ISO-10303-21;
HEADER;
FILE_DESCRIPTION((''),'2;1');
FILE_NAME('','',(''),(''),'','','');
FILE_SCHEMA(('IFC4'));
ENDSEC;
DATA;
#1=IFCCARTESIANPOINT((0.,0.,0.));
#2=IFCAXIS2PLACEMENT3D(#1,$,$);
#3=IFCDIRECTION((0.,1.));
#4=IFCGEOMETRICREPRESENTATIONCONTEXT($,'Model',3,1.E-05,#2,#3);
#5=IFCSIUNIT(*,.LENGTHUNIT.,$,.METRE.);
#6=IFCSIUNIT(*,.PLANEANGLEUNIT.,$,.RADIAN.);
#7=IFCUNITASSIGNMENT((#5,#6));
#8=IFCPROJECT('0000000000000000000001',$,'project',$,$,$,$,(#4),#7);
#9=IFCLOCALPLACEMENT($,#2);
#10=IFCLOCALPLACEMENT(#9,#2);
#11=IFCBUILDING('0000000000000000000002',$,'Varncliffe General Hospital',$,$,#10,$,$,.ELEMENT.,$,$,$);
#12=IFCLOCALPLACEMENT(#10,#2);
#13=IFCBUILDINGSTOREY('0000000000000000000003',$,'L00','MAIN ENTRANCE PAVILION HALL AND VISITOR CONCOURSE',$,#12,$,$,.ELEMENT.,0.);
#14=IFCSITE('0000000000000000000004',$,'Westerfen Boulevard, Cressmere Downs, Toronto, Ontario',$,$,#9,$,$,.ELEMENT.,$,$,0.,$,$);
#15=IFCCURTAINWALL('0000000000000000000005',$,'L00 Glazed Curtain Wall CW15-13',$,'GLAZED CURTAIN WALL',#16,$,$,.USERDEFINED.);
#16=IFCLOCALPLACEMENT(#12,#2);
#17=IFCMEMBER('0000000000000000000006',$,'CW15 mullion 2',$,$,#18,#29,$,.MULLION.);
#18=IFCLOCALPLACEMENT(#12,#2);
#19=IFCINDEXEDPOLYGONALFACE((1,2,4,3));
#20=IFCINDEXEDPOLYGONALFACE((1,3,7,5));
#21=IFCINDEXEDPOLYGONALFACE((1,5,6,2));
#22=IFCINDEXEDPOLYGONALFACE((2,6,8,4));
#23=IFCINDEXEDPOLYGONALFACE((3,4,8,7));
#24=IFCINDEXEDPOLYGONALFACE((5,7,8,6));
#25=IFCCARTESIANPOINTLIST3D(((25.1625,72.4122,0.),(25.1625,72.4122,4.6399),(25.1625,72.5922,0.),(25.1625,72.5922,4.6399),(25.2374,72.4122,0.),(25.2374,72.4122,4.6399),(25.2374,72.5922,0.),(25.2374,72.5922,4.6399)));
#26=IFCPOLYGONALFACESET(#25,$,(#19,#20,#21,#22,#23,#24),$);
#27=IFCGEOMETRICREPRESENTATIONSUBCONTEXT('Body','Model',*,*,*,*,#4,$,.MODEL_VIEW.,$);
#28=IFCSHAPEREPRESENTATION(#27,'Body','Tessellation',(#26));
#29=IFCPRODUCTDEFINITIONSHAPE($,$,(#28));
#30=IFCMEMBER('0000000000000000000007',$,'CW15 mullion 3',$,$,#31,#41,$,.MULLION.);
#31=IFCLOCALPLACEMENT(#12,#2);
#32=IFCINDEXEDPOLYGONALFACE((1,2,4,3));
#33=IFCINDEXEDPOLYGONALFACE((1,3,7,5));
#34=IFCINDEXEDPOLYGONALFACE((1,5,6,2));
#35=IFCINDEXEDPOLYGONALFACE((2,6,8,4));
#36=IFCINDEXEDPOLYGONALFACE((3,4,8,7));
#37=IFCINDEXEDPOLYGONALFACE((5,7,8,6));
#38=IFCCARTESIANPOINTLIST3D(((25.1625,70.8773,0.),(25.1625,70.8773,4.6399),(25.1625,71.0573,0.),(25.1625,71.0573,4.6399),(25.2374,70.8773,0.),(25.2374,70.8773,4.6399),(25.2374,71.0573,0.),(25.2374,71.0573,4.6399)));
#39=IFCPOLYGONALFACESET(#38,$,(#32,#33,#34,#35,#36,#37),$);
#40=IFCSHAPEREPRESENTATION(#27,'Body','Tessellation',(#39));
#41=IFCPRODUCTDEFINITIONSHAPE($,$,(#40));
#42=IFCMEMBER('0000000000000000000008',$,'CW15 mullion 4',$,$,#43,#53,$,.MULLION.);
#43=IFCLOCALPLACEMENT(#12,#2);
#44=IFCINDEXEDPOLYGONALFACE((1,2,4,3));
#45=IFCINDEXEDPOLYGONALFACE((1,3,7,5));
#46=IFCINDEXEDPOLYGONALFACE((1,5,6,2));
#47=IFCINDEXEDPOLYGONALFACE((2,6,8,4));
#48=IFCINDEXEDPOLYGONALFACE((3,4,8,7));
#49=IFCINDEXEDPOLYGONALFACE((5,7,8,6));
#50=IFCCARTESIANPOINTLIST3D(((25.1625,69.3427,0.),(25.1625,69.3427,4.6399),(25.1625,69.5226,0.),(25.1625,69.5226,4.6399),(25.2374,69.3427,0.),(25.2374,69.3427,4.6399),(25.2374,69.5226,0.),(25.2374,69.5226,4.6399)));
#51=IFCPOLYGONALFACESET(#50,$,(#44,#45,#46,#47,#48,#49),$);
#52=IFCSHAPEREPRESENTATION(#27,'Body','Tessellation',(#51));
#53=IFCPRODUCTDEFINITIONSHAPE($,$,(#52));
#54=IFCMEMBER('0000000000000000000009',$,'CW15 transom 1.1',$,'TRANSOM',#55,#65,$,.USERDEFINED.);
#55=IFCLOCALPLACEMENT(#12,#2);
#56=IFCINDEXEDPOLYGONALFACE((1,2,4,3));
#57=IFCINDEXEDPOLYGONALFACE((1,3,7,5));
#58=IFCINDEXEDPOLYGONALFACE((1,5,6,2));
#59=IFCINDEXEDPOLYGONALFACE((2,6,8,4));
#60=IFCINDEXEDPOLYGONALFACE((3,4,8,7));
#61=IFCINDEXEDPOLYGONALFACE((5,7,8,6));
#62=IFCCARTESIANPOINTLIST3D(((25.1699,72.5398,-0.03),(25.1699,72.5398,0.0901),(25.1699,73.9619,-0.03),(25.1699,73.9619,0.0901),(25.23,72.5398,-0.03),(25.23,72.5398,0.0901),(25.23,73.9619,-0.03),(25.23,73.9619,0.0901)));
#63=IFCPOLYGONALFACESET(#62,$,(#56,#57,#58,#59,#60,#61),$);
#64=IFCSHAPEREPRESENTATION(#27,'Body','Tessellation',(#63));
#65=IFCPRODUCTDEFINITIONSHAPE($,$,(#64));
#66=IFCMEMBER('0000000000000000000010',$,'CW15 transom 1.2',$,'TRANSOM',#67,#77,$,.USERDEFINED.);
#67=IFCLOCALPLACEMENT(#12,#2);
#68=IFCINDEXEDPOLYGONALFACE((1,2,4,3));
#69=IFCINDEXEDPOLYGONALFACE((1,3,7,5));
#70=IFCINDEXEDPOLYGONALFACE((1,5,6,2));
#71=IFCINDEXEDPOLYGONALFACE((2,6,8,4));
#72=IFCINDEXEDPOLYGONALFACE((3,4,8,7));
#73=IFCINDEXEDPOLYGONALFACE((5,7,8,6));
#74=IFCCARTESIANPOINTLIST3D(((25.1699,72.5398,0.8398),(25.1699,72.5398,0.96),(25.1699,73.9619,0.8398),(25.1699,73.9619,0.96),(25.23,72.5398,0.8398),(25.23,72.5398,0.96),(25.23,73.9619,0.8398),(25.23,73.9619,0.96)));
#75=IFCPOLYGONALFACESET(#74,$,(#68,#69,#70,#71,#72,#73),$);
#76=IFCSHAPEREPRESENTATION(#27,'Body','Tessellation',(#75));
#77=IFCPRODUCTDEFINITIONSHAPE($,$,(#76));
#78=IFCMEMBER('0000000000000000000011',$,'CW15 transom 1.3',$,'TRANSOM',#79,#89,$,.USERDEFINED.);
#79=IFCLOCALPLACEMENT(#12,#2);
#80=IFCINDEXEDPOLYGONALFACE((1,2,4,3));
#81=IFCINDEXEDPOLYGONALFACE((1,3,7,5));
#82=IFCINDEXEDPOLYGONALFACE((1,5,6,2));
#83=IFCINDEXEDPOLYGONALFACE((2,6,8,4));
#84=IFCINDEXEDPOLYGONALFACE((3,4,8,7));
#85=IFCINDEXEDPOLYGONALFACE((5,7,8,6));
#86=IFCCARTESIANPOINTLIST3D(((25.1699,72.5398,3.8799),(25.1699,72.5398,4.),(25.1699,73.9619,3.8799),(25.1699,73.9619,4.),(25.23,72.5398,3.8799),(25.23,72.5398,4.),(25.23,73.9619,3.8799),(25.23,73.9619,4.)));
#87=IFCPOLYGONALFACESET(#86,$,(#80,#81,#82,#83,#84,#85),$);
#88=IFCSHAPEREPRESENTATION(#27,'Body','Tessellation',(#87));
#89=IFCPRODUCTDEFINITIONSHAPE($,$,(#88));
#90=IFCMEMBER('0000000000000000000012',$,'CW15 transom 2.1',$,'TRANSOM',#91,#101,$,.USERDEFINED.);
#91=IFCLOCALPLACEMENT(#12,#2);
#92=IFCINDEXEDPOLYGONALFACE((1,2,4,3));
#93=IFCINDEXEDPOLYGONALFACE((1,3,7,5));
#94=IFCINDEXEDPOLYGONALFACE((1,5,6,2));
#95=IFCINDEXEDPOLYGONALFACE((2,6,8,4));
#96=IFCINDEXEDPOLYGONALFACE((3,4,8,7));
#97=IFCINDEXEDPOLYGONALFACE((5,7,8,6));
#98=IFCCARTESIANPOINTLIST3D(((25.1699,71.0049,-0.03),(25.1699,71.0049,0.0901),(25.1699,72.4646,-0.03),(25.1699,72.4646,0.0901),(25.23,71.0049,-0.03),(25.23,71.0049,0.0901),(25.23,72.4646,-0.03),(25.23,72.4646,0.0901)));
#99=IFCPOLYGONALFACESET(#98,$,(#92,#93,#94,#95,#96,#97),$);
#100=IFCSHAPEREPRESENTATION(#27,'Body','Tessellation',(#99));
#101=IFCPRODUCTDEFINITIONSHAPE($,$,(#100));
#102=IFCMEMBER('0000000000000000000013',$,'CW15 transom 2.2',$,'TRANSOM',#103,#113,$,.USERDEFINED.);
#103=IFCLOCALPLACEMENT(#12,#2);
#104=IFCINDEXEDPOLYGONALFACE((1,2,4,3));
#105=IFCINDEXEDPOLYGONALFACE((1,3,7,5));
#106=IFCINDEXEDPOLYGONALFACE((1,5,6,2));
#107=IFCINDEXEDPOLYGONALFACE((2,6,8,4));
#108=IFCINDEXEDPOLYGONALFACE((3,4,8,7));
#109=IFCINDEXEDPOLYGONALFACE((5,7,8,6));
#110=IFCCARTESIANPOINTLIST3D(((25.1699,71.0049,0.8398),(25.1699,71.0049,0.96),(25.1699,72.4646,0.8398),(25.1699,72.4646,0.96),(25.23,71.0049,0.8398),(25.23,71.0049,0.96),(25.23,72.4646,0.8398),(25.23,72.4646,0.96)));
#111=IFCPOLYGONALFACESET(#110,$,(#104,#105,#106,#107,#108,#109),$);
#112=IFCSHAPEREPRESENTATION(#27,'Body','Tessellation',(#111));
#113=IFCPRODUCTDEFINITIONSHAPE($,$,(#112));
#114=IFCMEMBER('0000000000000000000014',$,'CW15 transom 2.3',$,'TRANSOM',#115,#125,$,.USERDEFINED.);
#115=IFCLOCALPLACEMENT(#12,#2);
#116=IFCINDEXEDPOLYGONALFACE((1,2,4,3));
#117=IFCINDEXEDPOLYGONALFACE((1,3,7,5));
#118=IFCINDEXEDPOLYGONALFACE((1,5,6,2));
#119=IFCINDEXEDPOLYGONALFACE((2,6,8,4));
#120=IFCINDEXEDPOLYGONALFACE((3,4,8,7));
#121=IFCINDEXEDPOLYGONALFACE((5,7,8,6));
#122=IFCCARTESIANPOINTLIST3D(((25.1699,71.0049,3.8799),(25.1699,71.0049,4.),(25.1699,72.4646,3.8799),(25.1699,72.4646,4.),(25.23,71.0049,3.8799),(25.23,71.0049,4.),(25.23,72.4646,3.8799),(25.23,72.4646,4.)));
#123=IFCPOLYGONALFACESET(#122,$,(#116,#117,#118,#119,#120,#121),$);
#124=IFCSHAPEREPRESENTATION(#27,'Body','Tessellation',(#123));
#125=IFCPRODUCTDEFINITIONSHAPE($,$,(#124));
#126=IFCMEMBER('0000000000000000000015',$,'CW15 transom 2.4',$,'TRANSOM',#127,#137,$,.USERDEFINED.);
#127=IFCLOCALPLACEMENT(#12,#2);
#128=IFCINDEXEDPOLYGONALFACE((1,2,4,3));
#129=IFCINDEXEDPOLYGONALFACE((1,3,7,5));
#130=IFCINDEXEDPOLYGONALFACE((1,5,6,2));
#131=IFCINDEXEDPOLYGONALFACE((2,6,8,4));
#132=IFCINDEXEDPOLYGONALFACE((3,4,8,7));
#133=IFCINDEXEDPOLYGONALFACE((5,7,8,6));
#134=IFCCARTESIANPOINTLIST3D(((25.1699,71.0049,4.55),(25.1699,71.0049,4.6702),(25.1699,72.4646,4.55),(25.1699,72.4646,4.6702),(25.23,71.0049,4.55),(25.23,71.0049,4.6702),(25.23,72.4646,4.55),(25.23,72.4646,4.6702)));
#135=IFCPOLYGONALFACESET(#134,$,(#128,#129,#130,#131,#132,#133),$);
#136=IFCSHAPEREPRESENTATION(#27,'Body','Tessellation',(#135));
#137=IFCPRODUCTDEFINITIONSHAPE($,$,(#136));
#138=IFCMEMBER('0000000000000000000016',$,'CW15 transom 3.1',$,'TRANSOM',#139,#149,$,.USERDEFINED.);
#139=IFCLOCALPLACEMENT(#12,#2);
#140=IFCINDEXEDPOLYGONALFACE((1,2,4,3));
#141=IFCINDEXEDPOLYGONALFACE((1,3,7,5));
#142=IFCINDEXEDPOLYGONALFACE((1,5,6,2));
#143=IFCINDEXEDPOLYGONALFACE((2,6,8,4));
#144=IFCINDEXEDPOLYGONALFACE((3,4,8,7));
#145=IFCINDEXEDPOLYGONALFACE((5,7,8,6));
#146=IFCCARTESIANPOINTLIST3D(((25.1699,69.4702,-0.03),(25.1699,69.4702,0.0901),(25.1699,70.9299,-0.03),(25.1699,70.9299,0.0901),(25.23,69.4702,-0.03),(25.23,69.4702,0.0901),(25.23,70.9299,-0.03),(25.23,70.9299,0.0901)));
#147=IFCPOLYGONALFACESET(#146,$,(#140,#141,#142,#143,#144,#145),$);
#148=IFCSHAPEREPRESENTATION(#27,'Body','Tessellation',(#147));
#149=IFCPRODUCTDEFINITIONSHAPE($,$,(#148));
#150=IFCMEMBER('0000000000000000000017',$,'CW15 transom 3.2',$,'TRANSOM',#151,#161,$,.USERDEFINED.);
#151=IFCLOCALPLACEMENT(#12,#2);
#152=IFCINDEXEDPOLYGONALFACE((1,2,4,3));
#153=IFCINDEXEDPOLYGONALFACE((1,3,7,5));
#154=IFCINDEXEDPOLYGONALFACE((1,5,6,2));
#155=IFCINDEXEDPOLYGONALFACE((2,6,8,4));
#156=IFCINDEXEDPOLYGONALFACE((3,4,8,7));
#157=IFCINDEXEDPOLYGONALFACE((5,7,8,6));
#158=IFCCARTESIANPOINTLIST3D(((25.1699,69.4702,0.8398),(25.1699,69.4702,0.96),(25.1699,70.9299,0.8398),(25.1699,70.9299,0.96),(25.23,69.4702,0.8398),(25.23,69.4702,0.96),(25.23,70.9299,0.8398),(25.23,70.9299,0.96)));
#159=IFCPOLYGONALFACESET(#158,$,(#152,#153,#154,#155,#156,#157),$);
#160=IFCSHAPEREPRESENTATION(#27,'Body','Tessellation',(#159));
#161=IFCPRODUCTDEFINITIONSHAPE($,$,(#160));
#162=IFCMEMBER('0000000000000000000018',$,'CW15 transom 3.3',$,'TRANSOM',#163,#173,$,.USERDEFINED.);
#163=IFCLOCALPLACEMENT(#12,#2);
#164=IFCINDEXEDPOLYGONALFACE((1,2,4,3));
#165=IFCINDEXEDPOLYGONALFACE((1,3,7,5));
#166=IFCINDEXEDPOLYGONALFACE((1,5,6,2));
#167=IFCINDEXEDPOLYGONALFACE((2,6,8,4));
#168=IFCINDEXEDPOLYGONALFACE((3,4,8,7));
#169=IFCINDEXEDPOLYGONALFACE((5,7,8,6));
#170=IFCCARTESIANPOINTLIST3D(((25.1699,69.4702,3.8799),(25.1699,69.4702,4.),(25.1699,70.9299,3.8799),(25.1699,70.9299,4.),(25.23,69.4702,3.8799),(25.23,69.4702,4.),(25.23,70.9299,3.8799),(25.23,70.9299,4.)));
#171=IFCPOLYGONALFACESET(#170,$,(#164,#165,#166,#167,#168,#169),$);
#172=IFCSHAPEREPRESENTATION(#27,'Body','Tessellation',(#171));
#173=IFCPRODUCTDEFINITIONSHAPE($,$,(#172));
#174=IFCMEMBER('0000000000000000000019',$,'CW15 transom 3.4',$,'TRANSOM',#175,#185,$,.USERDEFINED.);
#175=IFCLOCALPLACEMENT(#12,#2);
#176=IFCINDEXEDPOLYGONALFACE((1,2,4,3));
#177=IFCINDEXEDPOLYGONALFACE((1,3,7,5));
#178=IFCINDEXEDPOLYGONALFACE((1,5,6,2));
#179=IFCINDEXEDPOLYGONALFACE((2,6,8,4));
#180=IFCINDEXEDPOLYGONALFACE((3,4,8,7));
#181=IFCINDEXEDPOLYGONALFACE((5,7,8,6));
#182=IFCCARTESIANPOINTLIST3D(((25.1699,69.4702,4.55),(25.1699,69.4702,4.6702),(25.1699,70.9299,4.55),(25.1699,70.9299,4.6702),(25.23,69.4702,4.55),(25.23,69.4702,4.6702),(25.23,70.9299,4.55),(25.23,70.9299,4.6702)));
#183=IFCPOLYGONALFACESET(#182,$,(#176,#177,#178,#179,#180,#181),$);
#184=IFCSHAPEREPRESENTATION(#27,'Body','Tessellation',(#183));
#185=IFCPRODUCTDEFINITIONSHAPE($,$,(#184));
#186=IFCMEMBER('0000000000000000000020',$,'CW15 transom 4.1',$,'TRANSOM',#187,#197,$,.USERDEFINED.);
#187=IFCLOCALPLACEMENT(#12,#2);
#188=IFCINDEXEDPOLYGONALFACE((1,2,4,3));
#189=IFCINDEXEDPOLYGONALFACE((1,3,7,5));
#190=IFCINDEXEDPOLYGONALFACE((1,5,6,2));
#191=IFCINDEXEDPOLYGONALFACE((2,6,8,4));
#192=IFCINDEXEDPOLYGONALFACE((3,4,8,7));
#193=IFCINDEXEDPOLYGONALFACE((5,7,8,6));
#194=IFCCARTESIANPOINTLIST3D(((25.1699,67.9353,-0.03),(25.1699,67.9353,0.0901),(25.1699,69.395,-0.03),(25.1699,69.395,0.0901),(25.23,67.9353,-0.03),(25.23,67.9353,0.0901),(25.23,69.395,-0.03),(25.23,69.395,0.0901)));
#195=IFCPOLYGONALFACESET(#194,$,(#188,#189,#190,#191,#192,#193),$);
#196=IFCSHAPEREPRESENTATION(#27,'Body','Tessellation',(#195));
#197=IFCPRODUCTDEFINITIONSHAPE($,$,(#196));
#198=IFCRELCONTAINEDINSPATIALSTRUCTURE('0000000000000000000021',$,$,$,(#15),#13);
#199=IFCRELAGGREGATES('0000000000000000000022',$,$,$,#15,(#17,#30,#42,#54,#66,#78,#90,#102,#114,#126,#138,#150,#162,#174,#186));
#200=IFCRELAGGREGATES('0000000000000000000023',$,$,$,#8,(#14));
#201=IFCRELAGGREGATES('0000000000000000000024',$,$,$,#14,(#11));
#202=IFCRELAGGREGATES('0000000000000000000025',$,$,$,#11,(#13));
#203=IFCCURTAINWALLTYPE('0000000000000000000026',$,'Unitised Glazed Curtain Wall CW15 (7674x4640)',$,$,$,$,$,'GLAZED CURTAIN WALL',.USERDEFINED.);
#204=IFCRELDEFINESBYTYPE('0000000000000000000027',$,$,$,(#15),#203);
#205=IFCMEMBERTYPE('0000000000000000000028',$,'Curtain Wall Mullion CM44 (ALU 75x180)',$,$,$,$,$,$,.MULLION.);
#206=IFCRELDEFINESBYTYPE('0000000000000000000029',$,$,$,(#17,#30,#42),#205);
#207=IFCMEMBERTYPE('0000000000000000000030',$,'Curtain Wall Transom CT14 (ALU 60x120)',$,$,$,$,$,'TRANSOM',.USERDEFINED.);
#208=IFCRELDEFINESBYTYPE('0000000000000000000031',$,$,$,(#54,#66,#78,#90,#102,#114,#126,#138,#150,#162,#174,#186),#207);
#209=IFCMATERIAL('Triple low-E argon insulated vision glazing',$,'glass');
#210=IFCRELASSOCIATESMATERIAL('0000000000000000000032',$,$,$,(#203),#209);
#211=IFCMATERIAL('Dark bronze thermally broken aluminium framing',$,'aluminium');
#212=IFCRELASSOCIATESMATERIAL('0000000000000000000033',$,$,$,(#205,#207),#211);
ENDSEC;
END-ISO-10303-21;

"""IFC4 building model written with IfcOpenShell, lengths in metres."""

from ifc_helpers import new_model, si_unit, direction, frame, origin, origin_2d, place, context, subcontext, project, spatial, rectangle, extrude, material, material_profile, profile_set, type_object, element, aggregate, save


model = new_model("IFC4")

# Units and contexts
model_context = context("Model", 3, precision=1e-05, world=origin(), true_north=direction((0.0, 1.0)))
body_context = subcontext(model_context, "Body", "Model", "MODEL_VIEW")
ifc_project = project(units=[si_unit("LENGTHUNIT", "METRE"), si_unit("PLANEANGLEUNIT", "RADIAN")], contexts=[model_context])

# Site, building, storey
site_placement = place(None, origin())
site = spatial("IfcSite", under=ifc_project, at=site_placement, Name="Westerfen Boulevard, Cressmere Downs, Toronto, Ontario", CompositionType="ELEMENT", RefElevation=0.0)
building_placement = place(site_placement, origin())
building = spatial("IfcBuilding", under=site, at=building_placement, Name="Varncliffe General Hospital", CompositionType="ELEMENT")
storey_placement = place(building_placement, origin())
storey = spatial("IfcBuildingStorey", under=building, at=storey_placement, Name="L00", Description="MAIN ENTRANCE PAVILION HALL AND VISITOR CONCOURSE", CompositionType="ELEMENT", Elevation=0.0)

# Curtain wall, members
ifc_material_1 = material(Name="Triple low-E argon insulated vision glazing", Category="glass")
curtain_wall_type = type_object("IfcCurtainWallType", Name="Unitised Glazed Curtain Wall CW15 (7674x4640)", ElementType="GLAZED CURTAIN WALL", PredefinedType="USERDEFINED", material=ifc_material_1)
curtain_wall_placement = place(storey_placement, origin())
curtain_wall = element("IfcCurtainWall", 1, at=curtain_wall_placement, inside=storey, type_object=curtain_wall_type, Name="L00 Glazed Curtain Wall CW15-13", ObjectType="GLAZED CURTAIN WALL", PredefinedType="USERDEFINED")
ifc_material_2 = material(Name="Dark bronze thermally broken aluminium framing", Category="aluminium")
ifc_material_profile_1 = material_profile(ifc_material_2, rectangle(XDim=0.075, YDim=0.1799, at=origin_2d()), Name="ALU 75x180")
ifc_profile_set_1 = profile_set([ifc_material_profile_1], Name="Dark bronze thermally broken aluminium framing")
member_type_1 = type_object("IfcMemberType", Name="Curtain Wall Mullion CM44 (ALU 75x180)", PredefinedType="MULLION", material=ifc_profile_set_1)
member_1_placement = place(storey_placement, frame((25.2, 72.5022, 0.0), z_axis=(0.0, 0.0, 1.0), x_axis=(1.0, 0.0, 0.0)))
member_1 = element("IfcMember", 2, at=member_1_placement, type_object=member_type_1, Name="CW15 mullion 2", PredefinedType="MULLION", context=body_context, shape_type="SweptSolid", body=[
    extrude(rectangle(XDim=0.075, YDim=0.1799, at=origin_2d()), origin(), (0.0, 0.0, 1.0), 4.6399),
])
member_2_placement = place(storey_placement, frame((25.2, 70.9673, 0.0), z_axis=(0.0, 0.0, 1.0), x_axis=(1.0, 0.0, 0.0)))
member_2 = element("IfcMember", 3, at=member_2_placement, type_object=member_type_1, Name="CW15 mullion 3", PredefinedType="MULLION", context=body_context, shape_type="SweptSolid", body=[
    extrude(rectangle(XDim=0.075, YDim=0.1799, at=origin_2d()), origin(), (0.0, 0.0, 1.0), 4.6399),
])
member_3_placement = place(storey_placement, frame((25.2, 69.4326, 0.0), z_axis=(0.0, 0.0, 1.0), x_axis=(1.0, 0.0, 0.0)))
member_3 = element("IfcMember", 4, at=member_3_placement, type_object=member_type_1, Name="CW15 mullion 4", PredefinedType="MULLION", context=body_context, shape_type="SweptSolid", body=[
    extrude(rectangle(XDim=0.075, YDim=0.1799, at=origin_2d()), origin(), (0.0, 0.0, 1.0), 4.6399),
])
ifc_material_profile_2 = material_profile(ifc_material_2, rectangle(XDim=0.0601, YDim=0.1201, at=origin_2d()), Name="ALU 60x120")
ifc_profile_set_2 = profile_set([ifc_material_profile_2], Name="Dark bronze thermally broken aluminium framing")
member_type_2 = type_object("IfcMemberType", Name="Curtain Wall Transom CT14 (ALU 60x120)", ElementType="TRANSOM", PredefinedType="USERDEFINED", material=ifc_profile_set_2)
member_4_placement = place(storey_placement, frame((25.2, 73.9619, 0.03), z_axis=(0.0, -1.0, 0.0), x_axis=(1.0, 0.0, 0.0)))
member_4 = element("IfcMember", 5, at=member_4_placement, type_object=member_type_2, Name="CW15 transom 1.1", ObjectType="TRANSOM", PredefinedType="USERDEFINED", context=body_context, shape_type="SweptSolid", body=[
    extrude(rectangle(XDim=0.0601, YDim=0.1201, at=origin_2d()), origin(), (0.0, 0.0, 1.0), 1.4221),
])
member_5_placement = place(storey_placement, frame((25.2, 73.9619, 0.8999), z_axis=(0.0, -1.0, 0.0), x_axis=(1.0, 0.0, 0.0)))
member_5 = element("IfcMember", 6, at=member_5_placement, type_object=member_type_2, Name="CW15 transom 1.2", ObjectType="TRANSOM", PredefinedType="USERDEFINED", context=body_context, shape_type="SweptSolid", body=[
    extrude(rectangle(XDim=0.0601, YDim=0.1201, at=origin_2d()), origin(), (0.0, 0.0, 1.0), 1.4221),
])
member_6_placement = place(storey_placement, frame((25.2, 73.9619, 3.9399), z_axis=(0.0, -1.0, 0.0), x_axis=(1.0, 0.0, 0.0)))
member_6 = element("IfcMember", 7, at=member_6_placement, type_object=member_type_2, Name="CW15 transom 1.3", ObjectType="TRANSOM", PredefinedType="USERDEFINED", context=body_context, shape_type="SweptSolid", body=[
    extrude(rectangle(XDim=0.0601, YDim=0.1201, at=origin_2d()), origin(), (0.0, 0.0, 1.0), 1.4221),
])
member_7_placement = place(storey_placement, frame((25.2, 72.4646, 0.03), z_axis=(0.0, -1.0, 0.0), x_axis=(1.0, 0.0, 0.0)))
member_7 = element("IfcMember", 8, at=member_7_placement, type_object=member_type_2, Name="CW15 transom 2.1", ObjectType="TRANSOM", PredefinedType="USERDEFINED", context=body_context, shape_type="SweptSolid", body=[
    extrude(rectangle(XDim=0.0601, YDim=0.1201, at=origin_2d()), origin(), (0.0, 0.0, 1.0), 1.4597),
])
member_8_placement = place(storey_placement, frame((25.2, 72.4646, 0.8999), z_axis=(0.0, -1.0, 0.0), x_axis=(1.0, 0.0, 0.0)))
member_8 = element("IfcMember", 9, at=member_8_placement, type_object=member_type_2, Name="CW15 transom 2.2", ObjectType="TRANSOM", PredefinedType="USERDEFINED", context=body_context, shape_type="SweptSolid", body=[
    extrude(rectangle(XDim=0.0601, YDim=0.1201, at=origin_2d()), origin(), (0.0, 0.0, 1.0), 1.4597),
])
member_9_placement = place(storey_placement, frame((25.2, 72.4646, 3.9399), z_axis=(0.0, -1.0, 0.0), x_axis=(1.0, 0.0, 0.0)))
member_9 = element("IfcMember", 10, at=member_9_placement, type_object=member_type_2, Name="CW15 transom 2.3", ObjectType="TRANSOM", PredefinedType="USERDEFINED", context=body_context, shape_type="SweptSolid", body=[
    extrude(rectangle(XDim=0.0601, YDim=0.1201, at=origin_2d()), origin(), (0.0, 0.0, 1.0), 1.4597),
])
member_10_placement = place(storey_placement, frame((25.2, 72.4646, 4.6101), z_axis=(0.0, -1.0, 0.0), x_axis=(1.0, 0.0, 0.0)))
member_10 = element("IfcMember", 11, at=member_10_placement, type_object=member_type_2, Name="CW15 transom 2.4", ObjectType="TRANSOM", PredefinedType="USERDEFINED", context=body_context, shape_type="SweptSolid", body=[
    extrude(rectangle(XDim=0.0601, YDim=0.1201, at=origin_2d()), origin(), (0.0, 0.0, 1.0), 1.4597),
])
member_11_placement = place(storey_placement, frame((25.2, 70.9299, 0.03), z_axis=(0.0, -1.0, 0.0), x_axis=(1.0, 0.0, 0.0)))
member_11 = element("IfcMember", 12, at=member_11_placement, type_object=member_type_2, Name="CW15 transom 3.1", ObjectType="TRANSOM", PredefinedType="USERDEFINED", context=body_context, shape_type="SweptSolid", body=[
    extrude(rectangle(XDim=0.0601, YDim=0.1201, at=origin_2d()), origin(), (0.0, 0.0, 1.0), 1.4597),
])
member_12_placement = place(storey_placement, frame((25.2, 70.9299, 0.8999), z_axis=(0.0, -1.0, 0.0), x_axis=(1.0, 0.0, 0.0)))
member_12 = element("IfcMember", 13, at=member_12_placement, type_object=member_type_2, Name="CW15 transom 3.2", ObjectType="TRANSOM", PredefinedType="USERDEFINED", context=body_context, shape_type="SweptSolid", body=[
    extrude(rectangle(XDim=0.0601, YDim=0.1201, at=origin_2d()), origin(), (0.0, 0.0, 1.0), 1.4597),
])
member_13_placement = place(storey_placement, frame((25.2, 70.9299, 3.9399), z_axis=(0.0, -1.0, 0.0), x_axis=(1.0, 0.0, 0.0)))
member_13 = element("IfcMember", 14, at=member_13_placement, type_object=member_type_2, Name="CW15 transom 3.3", ObjectType="TRANSOM", PredefinedType="USERDEFINED", context=body_context, shape_type="SweptSolid", body=[
    extrude(rectangle(XDim=0.0601, YDim=0.1201, at=origin_2d()), origin(), (0.0, 0.0, 1.0), 1.4597),
])
member_14_placement = place(storey_placement, frame((25.2, 70.9299, 4.6101), z_axis=(0.0, -1.0, 0.0), x_axis=(1.0, 0.0, 0.0)))
member_14 = element("IfcMember", 15, at=member_14_placement, type_object=member_type_2, Name="CW15 transom 3.4", ObjectType="TRANSOM", PredefinedType="USERDEFINED", context=body_context, shape_type="SweptSolid", body=[
    extrude(rectangle(XDim=0.0601, YDim=0.1201, at=origin_2d()), origin(), (0.0, 0.0, 1.0), 1.4597),
])
member_15_placement = place(storey_placement, frame((25.2, 69.395, 0.03), z_axis=(0.0, -1.0, 0.0), x_axis=(1.0, 0.0, 0.0)))
member_15 = element("IfcMember", 16, at=member_15_placement, type_object=member_type_2, Name="CW15 transom 4.1", ObjectType="TRANSOM", PredefinedType="USERDEFINED", context=body_context, shape_type="SweptSolid", body=[
    extrude(rectangle(XDim=0.0601, YDim=0.1201, at=origin_2d()), origin(), (0.0, 0.0, 1.0), 1.4597),
])
aggregate(curtain_wall, [member_1, member_2, member_3, member_4, member_5, member_6, member_7, member_8, member_9, member_10, member_11, member_12, member_13, member_14, member_15])

save(model, "model.ifc")
